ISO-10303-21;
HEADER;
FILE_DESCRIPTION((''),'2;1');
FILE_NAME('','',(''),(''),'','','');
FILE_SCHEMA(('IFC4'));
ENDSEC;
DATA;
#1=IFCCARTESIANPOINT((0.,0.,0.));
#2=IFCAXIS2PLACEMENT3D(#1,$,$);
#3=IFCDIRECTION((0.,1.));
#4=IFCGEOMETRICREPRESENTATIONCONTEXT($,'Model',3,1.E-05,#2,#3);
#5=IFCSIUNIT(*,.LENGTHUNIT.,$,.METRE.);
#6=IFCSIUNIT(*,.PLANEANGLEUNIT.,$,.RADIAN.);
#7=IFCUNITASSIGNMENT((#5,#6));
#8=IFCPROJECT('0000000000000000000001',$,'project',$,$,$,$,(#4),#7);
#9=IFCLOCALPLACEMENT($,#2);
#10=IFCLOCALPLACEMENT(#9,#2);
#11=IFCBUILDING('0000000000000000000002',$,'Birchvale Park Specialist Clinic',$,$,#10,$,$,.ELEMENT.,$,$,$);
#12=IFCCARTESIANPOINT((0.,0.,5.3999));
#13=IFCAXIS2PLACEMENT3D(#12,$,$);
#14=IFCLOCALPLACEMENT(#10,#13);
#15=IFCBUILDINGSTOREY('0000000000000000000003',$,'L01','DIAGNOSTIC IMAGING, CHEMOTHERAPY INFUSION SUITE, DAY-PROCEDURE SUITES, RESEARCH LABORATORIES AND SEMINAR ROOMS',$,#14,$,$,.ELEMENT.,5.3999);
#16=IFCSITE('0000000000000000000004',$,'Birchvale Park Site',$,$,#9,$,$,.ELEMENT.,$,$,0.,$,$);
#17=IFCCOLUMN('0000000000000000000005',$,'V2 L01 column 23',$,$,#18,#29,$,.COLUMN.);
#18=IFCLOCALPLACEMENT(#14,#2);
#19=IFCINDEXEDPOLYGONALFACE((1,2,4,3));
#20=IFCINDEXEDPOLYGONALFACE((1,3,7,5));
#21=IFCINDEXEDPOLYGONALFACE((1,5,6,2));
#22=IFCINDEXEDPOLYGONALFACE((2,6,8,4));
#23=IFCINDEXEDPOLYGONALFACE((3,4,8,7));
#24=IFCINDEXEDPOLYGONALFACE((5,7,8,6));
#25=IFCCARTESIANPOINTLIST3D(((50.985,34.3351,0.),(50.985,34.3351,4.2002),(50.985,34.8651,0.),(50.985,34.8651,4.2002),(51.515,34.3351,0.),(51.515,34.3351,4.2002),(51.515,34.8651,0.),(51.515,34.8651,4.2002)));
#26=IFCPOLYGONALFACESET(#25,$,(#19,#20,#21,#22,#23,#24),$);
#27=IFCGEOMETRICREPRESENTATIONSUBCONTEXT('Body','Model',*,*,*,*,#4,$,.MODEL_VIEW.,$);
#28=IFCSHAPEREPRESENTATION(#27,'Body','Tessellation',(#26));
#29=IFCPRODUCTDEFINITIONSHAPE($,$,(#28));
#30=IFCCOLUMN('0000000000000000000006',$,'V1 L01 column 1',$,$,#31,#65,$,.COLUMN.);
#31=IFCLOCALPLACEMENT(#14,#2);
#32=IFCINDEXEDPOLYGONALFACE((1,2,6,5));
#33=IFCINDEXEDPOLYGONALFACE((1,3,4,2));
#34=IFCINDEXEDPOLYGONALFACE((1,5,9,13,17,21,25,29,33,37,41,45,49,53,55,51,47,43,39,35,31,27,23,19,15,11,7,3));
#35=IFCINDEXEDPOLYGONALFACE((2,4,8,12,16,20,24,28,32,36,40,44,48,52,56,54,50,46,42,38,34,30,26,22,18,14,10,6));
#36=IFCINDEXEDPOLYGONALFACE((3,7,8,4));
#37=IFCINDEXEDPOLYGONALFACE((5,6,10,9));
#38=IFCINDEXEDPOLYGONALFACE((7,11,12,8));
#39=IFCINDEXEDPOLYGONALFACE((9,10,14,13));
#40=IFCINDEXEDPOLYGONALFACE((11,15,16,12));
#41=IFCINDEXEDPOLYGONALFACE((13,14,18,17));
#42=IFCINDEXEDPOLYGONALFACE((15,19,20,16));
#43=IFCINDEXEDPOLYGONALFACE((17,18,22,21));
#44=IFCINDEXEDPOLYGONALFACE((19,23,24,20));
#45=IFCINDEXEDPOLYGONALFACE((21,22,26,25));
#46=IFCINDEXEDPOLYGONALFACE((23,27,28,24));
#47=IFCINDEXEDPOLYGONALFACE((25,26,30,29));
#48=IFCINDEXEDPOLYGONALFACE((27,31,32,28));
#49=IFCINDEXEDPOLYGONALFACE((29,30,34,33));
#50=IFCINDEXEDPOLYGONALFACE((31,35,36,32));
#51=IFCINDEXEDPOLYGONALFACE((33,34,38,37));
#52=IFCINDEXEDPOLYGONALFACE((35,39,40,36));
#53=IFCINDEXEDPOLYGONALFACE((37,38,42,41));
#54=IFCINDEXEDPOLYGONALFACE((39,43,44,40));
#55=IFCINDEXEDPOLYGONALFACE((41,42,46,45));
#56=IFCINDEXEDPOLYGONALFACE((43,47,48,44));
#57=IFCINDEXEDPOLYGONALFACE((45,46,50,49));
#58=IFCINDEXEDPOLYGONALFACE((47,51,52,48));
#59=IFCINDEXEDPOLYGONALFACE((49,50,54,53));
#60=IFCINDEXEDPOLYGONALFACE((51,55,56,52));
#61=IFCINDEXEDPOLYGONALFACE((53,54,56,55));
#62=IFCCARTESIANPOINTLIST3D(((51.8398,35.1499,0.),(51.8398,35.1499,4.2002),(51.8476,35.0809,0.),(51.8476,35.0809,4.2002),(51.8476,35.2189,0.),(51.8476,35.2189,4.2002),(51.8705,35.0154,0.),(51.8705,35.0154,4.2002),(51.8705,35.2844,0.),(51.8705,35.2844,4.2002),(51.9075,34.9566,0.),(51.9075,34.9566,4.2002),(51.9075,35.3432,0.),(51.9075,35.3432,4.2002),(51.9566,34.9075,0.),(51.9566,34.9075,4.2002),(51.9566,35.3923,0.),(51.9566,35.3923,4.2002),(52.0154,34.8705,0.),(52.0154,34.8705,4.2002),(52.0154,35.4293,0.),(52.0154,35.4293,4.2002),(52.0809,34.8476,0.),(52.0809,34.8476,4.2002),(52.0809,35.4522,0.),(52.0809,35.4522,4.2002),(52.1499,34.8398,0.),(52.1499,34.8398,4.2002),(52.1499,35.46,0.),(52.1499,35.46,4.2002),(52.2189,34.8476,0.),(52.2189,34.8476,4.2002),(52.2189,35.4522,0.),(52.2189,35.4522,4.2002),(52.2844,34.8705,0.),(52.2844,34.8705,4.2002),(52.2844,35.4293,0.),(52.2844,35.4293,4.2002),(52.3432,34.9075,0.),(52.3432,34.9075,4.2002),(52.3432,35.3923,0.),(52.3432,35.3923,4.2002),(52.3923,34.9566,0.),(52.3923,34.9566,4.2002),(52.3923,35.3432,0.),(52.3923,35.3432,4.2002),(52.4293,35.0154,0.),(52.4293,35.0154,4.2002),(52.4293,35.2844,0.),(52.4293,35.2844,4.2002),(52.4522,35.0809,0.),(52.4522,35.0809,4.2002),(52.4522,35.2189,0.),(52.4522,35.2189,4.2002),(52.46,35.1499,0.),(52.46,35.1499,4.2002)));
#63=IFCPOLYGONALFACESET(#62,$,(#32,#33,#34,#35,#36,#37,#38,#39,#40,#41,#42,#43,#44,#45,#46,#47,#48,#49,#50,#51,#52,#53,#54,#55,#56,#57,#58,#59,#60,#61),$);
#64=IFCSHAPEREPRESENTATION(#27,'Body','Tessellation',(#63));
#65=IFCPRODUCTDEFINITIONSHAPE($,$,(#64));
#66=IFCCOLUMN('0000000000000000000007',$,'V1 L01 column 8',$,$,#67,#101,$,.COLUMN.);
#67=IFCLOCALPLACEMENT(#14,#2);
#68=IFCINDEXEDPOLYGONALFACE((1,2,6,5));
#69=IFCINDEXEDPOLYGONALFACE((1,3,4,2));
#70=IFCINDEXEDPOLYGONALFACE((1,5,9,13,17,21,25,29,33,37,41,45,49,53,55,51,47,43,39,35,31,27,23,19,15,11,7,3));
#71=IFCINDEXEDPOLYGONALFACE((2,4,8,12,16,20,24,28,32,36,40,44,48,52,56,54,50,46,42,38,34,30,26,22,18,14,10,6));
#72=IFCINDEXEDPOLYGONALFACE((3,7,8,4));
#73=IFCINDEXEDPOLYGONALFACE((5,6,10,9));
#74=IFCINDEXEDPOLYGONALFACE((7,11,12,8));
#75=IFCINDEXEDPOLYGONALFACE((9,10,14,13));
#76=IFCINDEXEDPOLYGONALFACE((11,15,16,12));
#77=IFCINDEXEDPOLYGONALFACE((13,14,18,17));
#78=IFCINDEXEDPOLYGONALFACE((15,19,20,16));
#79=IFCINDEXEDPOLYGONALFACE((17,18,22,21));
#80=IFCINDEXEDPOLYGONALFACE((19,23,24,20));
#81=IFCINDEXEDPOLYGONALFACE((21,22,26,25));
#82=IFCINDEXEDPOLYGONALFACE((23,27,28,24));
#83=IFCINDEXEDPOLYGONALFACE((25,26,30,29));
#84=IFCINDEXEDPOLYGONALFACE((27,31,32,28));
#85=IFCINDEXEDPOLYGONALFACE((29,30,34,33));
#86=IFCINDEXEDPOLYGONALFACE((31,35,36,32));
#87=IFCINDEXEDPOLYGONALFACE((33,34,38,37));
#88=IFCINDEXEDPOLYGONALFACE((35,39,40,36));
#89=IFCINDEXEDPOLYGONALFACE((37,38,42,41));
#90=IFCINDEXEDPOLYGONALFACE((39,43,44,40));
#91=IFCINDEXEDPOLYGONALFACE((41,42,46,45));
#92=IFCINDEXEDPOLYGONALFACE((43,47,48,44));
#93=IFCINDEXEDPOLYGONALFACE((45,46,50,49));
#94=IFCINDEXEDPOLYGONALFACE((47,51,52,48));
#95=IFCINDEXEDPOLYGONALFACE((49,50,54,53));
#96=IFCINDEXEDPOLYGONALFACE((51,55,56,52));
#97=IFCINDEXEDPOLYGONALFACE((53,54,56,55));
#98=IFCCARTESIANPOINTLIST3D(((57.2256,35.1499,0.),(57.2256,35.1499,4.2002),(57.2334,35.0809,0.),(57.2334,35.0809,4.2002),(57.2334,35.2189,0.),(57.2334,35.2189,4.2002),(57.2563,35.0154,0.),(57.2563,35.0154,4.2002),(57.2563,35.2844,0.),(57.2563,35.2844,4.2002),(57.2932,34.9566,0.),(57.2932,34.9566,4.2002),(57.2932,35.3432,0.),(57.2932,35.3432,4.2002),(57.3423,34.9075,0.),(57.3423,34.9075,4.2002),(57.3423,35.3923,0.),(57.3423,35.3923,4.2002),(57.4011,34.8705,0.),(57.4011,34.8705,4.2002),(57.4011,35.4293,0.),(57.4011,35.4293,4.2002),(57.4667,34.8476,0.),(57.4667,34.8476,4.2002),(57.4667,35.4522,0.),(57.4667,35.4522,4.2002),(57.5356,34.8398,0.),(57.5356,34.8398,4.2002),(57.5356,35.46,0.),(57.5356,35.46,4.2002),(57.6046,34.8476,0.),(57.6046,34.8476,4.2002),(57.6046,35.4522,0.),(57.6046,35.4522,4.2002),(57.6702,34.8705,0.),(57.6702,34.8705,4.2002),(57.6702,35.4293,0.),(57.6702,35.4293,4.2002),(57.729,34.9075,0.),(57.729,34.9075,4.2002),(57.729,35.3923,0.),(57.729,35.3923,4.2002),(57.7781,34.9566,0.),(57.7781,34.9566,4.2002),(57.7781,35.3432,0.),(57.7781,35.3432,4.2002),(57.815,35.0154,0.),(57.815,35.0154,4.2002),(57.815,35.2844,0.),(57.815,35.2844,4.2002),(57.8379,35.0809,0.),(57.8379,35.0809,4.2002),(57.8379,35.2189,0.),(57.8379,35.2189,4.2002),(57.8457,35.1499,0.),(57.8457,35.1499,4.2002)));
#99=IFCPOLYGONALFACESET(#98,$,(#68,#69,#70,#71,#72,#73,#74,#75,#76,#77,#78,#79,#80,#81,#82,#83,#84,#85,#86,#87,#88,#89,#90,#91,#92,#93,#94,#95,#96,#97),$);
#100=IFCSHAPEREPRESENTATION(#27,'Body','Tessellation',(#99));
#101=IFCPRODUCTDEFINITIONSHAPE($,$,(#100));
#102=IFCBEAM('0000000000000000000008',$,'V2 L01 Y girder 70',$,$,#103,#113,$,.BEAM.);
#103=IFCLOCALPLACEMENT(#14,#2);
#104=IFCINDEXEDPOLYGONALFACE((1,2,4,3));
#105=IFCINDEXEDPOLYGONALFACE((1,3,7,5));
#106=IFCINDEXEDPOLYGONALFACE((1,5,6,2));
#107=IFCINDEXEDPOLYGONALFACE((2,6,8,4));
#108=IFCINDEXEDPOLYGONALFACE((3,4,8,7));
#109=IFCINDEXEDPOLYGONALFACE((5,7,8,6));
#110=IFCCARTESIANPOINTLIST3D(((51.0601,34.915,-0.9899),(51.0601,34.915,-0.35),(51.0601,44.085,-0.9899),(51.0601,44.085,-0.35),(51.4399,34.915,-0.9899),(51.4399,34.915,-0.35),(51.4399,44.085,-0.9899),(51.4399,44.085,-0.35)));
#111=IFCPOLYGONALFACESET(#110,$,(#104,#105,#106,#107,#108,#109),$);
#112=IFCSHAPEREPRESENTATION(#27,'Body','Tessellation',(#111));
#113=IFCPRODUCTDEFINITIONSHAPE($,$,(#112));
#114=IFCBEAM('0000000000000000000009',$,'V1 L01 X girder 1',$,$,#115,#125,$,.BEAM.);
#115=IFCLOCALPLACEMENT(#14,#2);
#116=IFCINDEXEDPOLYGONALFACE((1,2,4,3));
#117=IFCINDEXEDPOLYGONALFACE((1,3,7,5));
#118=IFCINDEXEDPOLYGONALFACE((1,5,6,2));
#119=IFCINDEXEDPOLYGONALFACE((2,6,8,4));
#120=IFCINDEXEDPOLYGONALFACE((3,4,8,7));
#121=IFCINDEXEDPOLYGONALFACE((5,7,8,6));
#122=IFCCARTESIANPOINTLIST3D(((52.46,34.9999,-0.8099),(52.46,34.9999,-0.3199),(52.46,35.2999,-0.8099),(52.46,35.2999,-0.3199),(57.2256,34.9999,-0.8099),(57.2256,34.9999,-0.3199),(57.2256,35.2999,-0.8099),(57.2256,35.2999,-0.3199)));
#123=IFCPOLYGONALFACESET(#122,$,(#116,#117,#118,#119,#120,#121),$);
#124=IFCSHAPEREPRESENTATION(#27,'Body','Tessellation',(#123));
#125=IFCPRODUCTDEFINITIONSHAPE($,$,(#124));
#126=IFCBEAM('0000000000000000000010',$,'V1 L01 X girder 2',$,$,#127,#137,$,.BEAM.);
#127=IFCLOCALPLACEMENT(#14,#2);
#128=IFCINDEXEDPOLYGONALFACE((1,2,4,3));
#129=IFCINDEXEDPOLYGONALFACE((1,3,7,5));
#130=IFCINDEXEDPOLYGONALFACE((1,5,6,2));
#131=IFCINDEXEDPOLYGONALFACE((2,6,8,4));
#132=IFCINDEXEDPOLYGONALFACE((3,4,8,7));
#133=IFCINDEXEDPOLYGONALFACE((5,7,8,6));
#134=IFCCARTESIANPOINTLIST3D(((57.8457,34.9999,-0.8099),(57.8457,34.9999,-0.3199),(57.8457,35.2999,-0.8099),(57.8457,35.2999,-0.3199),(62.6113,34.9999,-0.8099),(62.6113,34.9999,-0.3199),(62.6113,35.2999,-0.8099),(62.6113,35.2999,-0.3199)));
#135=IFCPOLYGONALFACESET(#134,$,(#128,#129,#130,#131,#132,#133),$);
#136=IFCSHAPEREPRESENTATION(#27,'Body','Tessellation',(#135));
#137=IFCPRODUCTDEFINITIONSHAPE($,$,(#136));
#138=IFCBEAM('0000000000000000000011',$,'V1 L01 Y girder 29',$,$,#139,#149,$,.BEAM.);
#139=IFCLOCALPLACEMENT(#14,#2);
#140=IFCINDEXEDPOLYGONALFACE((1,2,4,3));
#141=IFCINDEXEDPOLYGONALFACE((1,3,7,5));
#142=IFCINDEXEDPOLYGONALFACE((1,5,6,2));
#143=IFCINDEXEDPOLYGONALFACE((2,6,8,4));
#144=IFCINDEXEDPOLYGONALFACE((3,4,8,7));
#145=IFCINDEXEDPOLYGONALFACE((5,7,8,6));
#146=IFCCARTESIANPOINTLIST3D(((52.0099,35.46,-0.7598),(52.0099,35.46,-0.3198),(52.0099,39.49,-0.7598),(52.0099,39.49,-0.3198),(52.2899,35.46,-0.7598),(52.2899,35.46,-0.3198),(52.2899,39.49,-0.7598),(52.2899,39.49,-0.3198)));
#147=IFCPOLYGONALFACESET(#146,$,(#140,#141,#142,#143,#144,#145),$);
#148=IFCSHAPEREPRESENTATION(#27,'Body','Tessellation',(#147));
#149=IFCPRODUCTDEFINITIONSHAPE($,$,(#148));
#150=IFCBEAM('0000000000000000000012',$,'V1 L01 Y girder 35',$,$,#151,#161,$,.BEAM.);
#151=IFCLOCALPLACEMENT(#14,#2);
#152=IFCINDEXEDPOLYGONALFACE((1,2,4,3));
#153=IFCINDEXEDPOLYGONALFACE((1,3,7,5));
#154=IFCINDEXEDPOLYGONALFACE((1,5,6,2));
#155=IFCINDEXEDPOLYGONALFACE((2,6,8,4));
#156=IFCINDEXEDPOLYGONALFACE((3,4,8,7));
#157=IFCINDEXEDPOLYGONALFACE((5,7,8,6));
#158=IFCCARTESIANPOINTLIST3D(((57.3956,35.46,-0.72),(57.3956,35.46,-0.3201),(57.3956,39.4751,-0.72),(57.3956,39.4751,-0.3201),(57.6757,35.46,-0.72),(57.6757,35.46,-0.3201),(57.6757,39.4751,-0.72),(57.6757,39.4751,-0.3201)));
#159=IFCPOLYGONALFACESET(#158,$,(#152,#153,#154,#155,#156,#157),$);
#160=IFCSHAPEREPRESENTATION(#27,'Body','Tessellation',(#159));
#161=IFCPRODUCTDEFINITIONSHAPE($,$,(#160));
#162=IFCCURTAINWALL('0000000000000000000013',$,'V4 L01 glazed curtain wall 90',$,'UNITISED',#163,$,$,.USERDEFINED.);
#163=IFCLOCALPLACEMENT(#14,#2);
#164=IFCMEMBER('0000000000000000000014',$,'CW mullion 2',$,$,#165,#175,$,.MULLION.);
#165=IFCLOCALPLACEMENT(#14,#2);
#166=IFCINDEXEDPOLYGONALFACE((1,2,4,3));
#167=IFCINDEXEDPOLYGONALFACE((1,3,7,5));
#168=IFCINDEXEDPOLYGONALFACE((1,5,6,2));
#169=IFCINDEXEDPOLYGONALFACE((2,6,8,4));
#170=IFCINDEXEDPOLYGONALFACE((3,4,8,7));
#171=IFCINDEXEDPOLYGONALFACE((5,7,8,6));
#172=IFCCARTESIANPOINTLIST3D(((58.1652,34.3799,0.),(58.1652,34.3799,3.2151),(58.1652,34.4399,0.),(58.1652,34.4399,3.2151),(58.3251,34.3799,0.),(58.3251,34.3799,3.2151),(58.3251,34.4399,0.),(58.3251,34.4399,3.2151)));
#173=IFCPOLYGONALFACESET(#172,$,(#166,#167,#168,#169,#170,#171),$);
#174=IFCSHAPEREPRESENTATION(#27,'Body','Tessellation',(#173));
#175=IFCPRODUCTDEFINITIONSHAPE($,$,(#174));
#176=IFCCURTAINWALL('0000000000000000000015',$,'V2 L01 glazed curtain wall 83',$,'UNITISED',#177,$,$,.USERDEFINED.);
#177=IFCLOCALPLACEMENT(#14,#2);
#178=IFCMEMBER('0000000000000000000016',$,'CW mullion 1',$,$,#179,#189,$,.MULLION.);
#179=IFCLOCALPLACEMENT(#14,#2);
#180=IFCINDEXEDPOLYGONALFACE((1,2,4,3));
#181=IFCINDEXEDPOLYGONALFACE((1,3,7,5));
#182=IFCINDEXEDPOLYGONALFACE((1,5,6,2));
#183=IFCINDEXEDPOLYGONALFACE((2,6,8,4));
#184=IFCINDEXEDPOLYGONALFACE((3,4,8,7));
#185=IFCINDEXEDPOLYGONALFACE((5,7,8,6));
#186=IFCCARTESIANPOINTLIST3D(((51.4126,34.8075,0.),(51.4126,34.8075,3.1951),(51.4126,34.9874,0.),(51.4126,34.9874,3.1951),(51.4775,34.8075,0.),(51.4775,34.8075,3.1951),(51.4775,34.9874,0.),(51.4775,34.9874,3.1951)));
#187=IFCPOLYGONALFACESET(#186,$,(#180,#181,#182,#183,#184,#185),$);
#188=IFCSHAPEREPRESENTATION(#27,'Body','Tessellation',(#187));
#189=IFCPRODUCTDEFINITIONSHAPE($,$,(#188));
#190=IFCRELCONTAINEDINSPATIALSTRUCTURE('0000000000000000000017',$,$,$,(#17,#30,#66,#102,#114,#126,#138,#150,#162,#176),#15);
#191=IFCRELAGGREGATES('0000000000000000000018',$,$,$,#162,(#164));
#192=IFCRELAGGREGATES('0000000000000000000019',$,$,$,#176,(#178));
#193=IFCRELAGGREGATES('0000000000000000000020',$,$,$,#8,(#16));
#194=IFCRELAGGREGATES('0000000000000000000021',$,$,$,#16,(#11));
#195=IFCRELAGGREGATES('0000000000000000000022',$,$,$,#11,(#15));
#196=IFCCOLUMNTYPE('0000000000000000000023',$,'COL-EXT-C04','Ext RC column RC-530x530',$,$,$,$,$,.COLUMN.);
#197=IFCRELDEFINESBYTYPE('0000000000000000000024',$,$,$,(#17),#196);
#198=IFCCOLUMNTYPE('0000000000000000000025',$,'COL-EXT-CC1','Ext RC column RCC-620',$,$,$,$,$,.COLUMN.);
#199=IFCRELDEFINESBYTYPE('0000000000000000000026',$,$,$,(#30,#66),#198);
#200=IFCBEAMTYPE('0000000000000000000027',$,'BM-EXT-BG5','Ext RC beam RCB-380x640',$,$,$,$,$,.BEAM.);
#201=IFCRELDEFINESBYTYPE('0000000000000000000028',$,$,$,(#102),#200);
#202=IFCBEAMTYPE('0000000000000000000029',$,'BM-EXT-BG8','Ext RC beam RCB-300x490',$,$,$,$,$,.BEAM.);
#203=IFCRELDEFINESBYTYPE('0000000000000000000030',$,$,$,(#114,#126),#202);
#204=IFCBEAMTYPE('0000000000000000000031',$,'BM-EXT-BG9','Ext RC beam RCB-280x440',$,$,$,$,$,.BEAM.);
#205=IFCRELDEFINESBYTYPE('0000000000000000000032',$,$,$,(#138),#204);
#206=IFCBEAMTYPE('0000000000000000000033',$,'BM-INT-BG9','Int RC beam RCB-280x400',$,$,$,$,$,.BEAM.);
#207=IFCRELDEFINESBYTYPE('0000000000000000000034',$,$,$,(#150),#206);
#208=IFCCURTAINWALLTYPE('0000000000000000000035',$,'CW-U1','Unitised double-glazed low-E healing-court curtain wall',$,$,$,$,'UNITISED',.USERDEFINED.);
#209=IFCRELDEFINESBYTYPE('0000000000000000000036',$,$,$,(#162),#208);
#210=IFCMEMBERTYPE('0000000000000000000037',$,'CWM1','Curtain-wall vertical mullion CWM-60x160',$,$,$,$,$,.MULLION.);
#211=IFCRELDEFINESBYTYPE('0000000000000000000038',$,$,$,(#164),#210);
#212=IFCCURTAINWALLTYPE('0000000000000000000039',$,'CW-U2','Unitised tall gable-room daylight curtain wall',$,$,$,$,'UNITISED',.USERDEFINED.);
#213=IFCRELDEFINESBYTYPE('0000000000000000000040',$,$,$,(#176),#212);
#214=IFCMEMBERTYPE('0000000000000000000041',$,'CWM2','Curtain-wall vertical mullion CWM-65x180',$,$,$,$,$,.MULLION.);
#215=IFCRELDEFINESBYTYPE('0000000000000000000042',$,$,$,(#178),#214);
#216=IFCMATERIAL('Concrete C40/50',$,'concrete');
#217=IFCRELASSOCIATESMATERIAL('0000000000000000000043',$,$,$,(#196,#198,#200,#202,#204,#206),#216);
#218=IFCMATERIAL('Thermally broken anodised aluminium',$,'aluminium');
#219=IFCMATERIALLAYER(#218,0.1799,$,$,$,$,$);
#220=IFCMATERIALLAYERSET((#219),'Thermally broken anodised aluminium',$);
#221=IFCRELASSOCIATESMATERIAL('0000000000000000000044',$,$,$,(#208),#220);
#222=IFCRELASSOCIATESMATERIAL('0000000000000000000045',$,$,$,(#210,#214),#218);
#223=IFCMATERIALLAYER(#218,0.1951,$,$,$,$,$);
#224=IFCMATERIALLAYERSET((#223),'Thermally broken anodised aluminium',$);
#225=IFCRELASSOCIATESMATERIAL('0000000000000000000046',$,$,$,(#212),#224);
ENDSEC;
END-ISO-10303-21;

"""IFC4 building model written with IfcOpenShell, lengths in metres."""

from ifc_helpers import new_model, si_unit, direction, frame, origin, origin_2d, place, context, subcontext, project, spatial, rectangle, circle, extrude, material, layer, layer_set, material_profile, profile_set, type_object, element, aggregate, save


model = new_model("IFC4")

# Units and contexts
model_context = context("Model", 3, precision=1e-05, world=origin(), true_north=direction((0.0, 1.0)))
body_context = subcontext(model_context, "Body", "Model", "MODEL_VIEW")
ifc_project = project(units=[si_unit("LENGTHUNIT", "METRE"), si_unit("PLANEANGLEUNIT", "RADIAN")], contexts=[model_context])

# Site, building, storey
site_placement = place(None, origin())
site = spatial("IfcSite", under=ifc_project, at=site_placement, Name="Birchvale Park Site", CompositionType="ELEMENT", RefElevation=0.0)
building_placement = place(site_placement, origin())
building = spatial("IfcBuilding", under=site, at=building_placement, Name="Birchvale Park Specialist Clinic", CompositionType="ELEMENT")
storey_placement = place(building_placement, frame((0.0, 0.0, 5.3999)))
storey = spatial("IfcBuildingStorey", under=building, at=storey_placement, Name="L01", Description="DIAGNOSTIC IMAGING, CHEMOTHERAPY INFUSION SUITE, DAY-PROCEDURE SUITES, RESEARCH LABORATORIES AND SEMINAR ROOMS", CompositionType="ELEMENT", Elevation=5.3999)

# Columns
ifc_material_1 = material(Name="Concrete C40/50", Category="concrete")
ifc_material_profile_1 = material_profile(ifc_material_1, rectangle(XDim=0.53, YDim=0.53, at=origin_2d()), Name="RC-530x530")
ifc_profile_set_1 = profile_set([ifc_material_profile_1], Name="Concrete C40/50")
column_type_1 = type_object("IfcColumnType", Name="COL-EXT-C04", Description="Ext RC column RC-530x530", PredefinedType="COLUMN", material=ifc_profile_set_1)
column_placement = place(storey_placement, frame((51.25, 34.6001, 0.0), z_axis=(0.0, 0.0, 1.0), x_axis=(1.0, 0.0, 0.0)))
element("IfcColumn", 1, at=column_placement, inside=storey, type_object=column_type_1, Name="V2 L01 column 23", PredefinedType="COLUMN", context=body_context, shape_type="SweptSolid", body=[
    extrude(rectangle(XDim=0.53, YDim=0.53, at=origin_2d()), origin(), (0.0, 0.0, 1.0), 4.2002),
])
ifc_material_profile_2 = material_profile(ifc_material_1, circle(Radius=0.3101, at=origin_2d()), Name="RCC-620")
ifc_profile_set_2 = profile_set([ifc_material_profile_2], Name="Concrete C40/50")
column_type_2 = type_object("IfcColumnType", Name="COL-EXT-CC1", Description="Ext RC column RCC-620", PredefinedType="COLUMN", material=ifc_profile_set_2)
for number, where, z_axis, x_axis, name in (
    (2, (52.1499, 35.1499, 0.0), (0.0, 0.0, 1.0), (1.0, 0.0, 0.0), "V1 L01 column 1"),
    (3, (57.5356, 35.1499, 0.0), (0.0, 0.0, 1.0), (1.0, 0.0, 0.0), "V1 L01 column 8"),
):
    element("IfcColumn", number, at=place(storey_placement, frame(where, z_axis=z_axis, x_axis=x_axis)), inside=storey, type_object=column_type_2, Name=name, PredefinedType="COLUMN", context=body_context, shape_type="SweptSolid", body=[
        extrude(circle(Radius=0.3101, at=origin_2d()), origin(), (0.0, 0.0, 1.0), 4.2002),
    ])

# Beams
ifc_material_profile_3 = material_profile(ifc_material_1, rectangle(XDim=0.3799, YDim=0.6399, at=origin_2d()), Name="RCB-380x640")
ifc_profile_set_3 = profile_set([ifc_material_profile_3], Name="Concrete C40/50")
beam_type_1 = type_object("IfcBeamType", Name="BM-EXT-BG5", Description="Ext RC beam RCB-380x640", PredefinedType="BEAM", material=ifc_profile_set_3)
beam_1_placement = place(storey_placement, frame((51.25, 34.915, -0.6699), z_axis=(0.0, 1.0, 0.0), x_axis=(-1.0, 0.0, 0.0)))
element("IfcBeam", 4, at=beam_1_placement, inside=storey, type_object=beam_type_1, Name="V2 L01 Y girder 70", PredefinedType="BEAM", context=body_context, shape_type="SweptSolid", body=[
    extrude(rectangle(XDim=0.3799, YDim=0.6399, at=origin_2d()), origin(), (0.0, 0.0, 1.0), 9.1699),
])
ifc_material_profile_4 = material_profile(ifc_material_1, rectangle(XDim=0.3, YDim=0.49, at=origin_2d()), Name="RCB-300x490")
ifc_profile_set_4 = profile_set([ifc_material_profile_4], Name="Concrete C40/50")
beam_type_2 = type_object("IfcBeamType", Name="BM-EXT-BG8", Description="Ext RC beam RCB-300x490", PredefinedType="BEAM", material=ifc_profile_set_4)
for number, where, z_axis, x_axis, name in (
    (5, (52.46, 35.1499, -0.5649), (1.0, 0.0, 0.0), (0.0, 1.0, 0.0), "V1 L01 X girder 1"),
    (6, (57.8457, 35.1499, -0.5649), (1.0, 0.0, 0.0), (0.0, 1.0, 0.0), "V1 L01 X girder 2"),
):
    element("IfcBeam", number, at=place(storey_placement, frame(where, z_axis=z_axis, x_axis=x_axis)), inside=storey, type_object=beam_type_2, Name=name, PredefinedType="BEAM", context=body_context, shape_type="SweptSolid", body=[
        extrude(rectangle(XDim=0.3, YDim=0.49, at=origin_2d()), origin(), (0.0, 0.0, 1.0), 4.7656),
    ])
ifc_material_profile_5 = material_profile(ifc_material_1, rectangle(XDim=0.28, YDim=0.4399, at=origin_2d()), Name="RCB-280x440")
ifc_profile_set_5 = profile_set([ifc_material_profile_5], Name="Concrete C40/50")
beam_type_3 = type_object("IfcBeamType", Name="BM-EXT-BG9", Description="Ext RC beam RCB-280x440", PredefinedType="BEAM", material=ifc_profile_set_5)
beam_2_placement = place(storey_placement, frame((52.1499, 35.46, -0.5398), z_axis=(0.0, 1.0, 0.0), x_axis=(-1.0, 0.0, 0.0)))
element("IfcBeam", 7, at=beam_2_placement, inside=storey, type_object=beam_type_3, Name="V1 L01 Y girder 29", PredefinedType="BEAM", context=body_context, shape_type="SweptSolid", body=[
    extrude(rectangle(XDim=0.28, YDim=0.4399, at=origin_2d()), origin(), (0.0, 0.0, 1.0), 4.03),
])
ifc_material_profile_6 = material_profile(ifc_material_1, rectangle(XDim=0.28, YDim=0.3999, at=origin_2d()), Name="RCB-280x400")
ifc_profile_set_6 = profile_set([ifc_material_profile_6], Name="Concrete C40/50")
beam_type_4 = type_object("IfcBeamType", Name="BM-INT-BG9", Description="Int RC beam RCB-280x400", PredefinedType="BEAM", material=ifc_profile_set_6)
beam_3_placement = place(storey_placement, frame((57.5356, 35.46, -0.52), z_axis=(0.0, 1.0, 0.0), x_axis=(-1.0, 0.0, 0.0)))
element("IfcBeam", 8, at=beam_3_placement, inside=storey, type_object=beam_type_4, Name="V1 L01 Y girder 35", PredefinedType="BEAM", context=body_context, shape_type="SweptSolid", body=[
    extrude(rectangle(XDim=0.28, YDim=0.3999, at=origin_2d()), origin(), (0.0, 0.0, 1.0), 4.0151),
])

# Curtain wall, member
ifc_material_2 = material(Name="Thermally broken anodised aluminium", Category="aluminium")
ifc_layer_1 = layer(ifc_material_2, 0.1799)
ifc_layer_set_1 = layer_set([ifc_layer_1], Name="Thermally broken anodised aluminium")
curtain_wall_type_1 = type_object("IfcCurtainWallType", Name="CW-U1", Description="Unitised double-glazed low-E healing-court curtain wall", ElementType="UNITISED", PredefinedType="USERDEFINED", material=ifc_layer_set_1)
curtain_wall_1_placement = place(storey_placement, origin())
curtain_wall_1 = element("IfcCurtainWall", 9, at=curtain_wall_1_placement, inside=storey, type_object=curtain_wall_type_1, Name="V4 L01 glazed curtain wall 90", ObjectType="UNITISED", PredefinedType="USERDEFINED")
ifc_material_profile_7 = material_profile(ifc_material_2, rectangle(XDim=0.0601, YDim=0.1599, at=origin_2d()), Name="CWM-60x160")
ifc_profile_set_7 = profile_set([ifc_material_profile_7], Name="Thermally broken anodised aluminium")
member_type_1 = type_object("IfcMemberType", Name="CWM1", Description="Curtain-wall vertical mullion CWM-60x160", PredefinedType="MULLION", material=ifc_profile_set_7)
member_1_placement = place(storey_placement, frame((58.2451, 34.4099, 0.0), z_axis=(0.0, 0.0, 1.0), x_axis=(0.0, -1.0, 0.0)))
member_1 = element("IfcMember", 10, at=member_1_placement, type_object=member_type_1, Name="CW mullion 2", PredefinedType="MULLION", context=body_context, shape_type="SweptSolid", body=[
    extrude(rectangle(XDim=0.0601, YDim=0.1599, at=origin_2d()), origin(), (0.0, 0.0, 1.0), 3.2151),
])

# Curtain wall, member
ifc_layer_2 = layer(ifc_material_2, 0.1951)
ifc_layer_set_2 = layer_set([ifc_layer_2], Name="Thermally broken anodised aluminium")
curtain_wall_type_2 = type_object("IfcCurtainWallType", Name="CW-U2", Description="Unitised tall gable-room daylight curtain wall", ElementType="UNITISED", PredefinedType="USERDEFINED", material=ifc_layer_set_2)
curtain_wall_2_placement = place(storey_placement, origin())
curtain_wall_2 = element("IfcCurtainWall", 11, at=curtain_wall_2_placement, inside=storey, type_object=curtain_wall_type_2, Name="V2 L01 glazed curtain wall 83", ObjectType="UNITISED", PredefinedType="USERDEFINED")
ifc_material_profile_8 = material_profile(ifc_material_2, rectangle(XDim=0.0649, YDim=0.1799, at=origin_2d()), Name="CWM-65x180")
ifc_profile_set_8 = profile_set([ifc_material_profile_8], Name="Thermally broken anodised aluminium")
member_type_2 = type_object("IfcMemberType", Name="CWM2", Description="Curtain-wall vertical mullion CWM-65x180", PredefinedType="MULLION", material=ifc_profile_set_8)
member_2_placement = place(storey_placement, frame((51.4451, 34.8975, 0.0), z_axis=(0.0, 0.0, 1.0), x_axis=(-1.0, 0.0, 0.0)))
member_2 = element("IfcMember", 12, at=member_2_placement, type_object=member_type_2, Name="CW mullion 1", PredefinedType="MULLION", context=body_context, shape_type="SweptSolid", body=[
    extrude(rectangle(XDim=0.0649, YDim=0.1799, at=origin_2d()), origin(), (0.0, 0.0, 1.0), 3.1951),
])

aggregate(curtain_wall_1, [member_1])
aggregate(curtain_wall_2, [member_2])

save(model, "model.ifc")
